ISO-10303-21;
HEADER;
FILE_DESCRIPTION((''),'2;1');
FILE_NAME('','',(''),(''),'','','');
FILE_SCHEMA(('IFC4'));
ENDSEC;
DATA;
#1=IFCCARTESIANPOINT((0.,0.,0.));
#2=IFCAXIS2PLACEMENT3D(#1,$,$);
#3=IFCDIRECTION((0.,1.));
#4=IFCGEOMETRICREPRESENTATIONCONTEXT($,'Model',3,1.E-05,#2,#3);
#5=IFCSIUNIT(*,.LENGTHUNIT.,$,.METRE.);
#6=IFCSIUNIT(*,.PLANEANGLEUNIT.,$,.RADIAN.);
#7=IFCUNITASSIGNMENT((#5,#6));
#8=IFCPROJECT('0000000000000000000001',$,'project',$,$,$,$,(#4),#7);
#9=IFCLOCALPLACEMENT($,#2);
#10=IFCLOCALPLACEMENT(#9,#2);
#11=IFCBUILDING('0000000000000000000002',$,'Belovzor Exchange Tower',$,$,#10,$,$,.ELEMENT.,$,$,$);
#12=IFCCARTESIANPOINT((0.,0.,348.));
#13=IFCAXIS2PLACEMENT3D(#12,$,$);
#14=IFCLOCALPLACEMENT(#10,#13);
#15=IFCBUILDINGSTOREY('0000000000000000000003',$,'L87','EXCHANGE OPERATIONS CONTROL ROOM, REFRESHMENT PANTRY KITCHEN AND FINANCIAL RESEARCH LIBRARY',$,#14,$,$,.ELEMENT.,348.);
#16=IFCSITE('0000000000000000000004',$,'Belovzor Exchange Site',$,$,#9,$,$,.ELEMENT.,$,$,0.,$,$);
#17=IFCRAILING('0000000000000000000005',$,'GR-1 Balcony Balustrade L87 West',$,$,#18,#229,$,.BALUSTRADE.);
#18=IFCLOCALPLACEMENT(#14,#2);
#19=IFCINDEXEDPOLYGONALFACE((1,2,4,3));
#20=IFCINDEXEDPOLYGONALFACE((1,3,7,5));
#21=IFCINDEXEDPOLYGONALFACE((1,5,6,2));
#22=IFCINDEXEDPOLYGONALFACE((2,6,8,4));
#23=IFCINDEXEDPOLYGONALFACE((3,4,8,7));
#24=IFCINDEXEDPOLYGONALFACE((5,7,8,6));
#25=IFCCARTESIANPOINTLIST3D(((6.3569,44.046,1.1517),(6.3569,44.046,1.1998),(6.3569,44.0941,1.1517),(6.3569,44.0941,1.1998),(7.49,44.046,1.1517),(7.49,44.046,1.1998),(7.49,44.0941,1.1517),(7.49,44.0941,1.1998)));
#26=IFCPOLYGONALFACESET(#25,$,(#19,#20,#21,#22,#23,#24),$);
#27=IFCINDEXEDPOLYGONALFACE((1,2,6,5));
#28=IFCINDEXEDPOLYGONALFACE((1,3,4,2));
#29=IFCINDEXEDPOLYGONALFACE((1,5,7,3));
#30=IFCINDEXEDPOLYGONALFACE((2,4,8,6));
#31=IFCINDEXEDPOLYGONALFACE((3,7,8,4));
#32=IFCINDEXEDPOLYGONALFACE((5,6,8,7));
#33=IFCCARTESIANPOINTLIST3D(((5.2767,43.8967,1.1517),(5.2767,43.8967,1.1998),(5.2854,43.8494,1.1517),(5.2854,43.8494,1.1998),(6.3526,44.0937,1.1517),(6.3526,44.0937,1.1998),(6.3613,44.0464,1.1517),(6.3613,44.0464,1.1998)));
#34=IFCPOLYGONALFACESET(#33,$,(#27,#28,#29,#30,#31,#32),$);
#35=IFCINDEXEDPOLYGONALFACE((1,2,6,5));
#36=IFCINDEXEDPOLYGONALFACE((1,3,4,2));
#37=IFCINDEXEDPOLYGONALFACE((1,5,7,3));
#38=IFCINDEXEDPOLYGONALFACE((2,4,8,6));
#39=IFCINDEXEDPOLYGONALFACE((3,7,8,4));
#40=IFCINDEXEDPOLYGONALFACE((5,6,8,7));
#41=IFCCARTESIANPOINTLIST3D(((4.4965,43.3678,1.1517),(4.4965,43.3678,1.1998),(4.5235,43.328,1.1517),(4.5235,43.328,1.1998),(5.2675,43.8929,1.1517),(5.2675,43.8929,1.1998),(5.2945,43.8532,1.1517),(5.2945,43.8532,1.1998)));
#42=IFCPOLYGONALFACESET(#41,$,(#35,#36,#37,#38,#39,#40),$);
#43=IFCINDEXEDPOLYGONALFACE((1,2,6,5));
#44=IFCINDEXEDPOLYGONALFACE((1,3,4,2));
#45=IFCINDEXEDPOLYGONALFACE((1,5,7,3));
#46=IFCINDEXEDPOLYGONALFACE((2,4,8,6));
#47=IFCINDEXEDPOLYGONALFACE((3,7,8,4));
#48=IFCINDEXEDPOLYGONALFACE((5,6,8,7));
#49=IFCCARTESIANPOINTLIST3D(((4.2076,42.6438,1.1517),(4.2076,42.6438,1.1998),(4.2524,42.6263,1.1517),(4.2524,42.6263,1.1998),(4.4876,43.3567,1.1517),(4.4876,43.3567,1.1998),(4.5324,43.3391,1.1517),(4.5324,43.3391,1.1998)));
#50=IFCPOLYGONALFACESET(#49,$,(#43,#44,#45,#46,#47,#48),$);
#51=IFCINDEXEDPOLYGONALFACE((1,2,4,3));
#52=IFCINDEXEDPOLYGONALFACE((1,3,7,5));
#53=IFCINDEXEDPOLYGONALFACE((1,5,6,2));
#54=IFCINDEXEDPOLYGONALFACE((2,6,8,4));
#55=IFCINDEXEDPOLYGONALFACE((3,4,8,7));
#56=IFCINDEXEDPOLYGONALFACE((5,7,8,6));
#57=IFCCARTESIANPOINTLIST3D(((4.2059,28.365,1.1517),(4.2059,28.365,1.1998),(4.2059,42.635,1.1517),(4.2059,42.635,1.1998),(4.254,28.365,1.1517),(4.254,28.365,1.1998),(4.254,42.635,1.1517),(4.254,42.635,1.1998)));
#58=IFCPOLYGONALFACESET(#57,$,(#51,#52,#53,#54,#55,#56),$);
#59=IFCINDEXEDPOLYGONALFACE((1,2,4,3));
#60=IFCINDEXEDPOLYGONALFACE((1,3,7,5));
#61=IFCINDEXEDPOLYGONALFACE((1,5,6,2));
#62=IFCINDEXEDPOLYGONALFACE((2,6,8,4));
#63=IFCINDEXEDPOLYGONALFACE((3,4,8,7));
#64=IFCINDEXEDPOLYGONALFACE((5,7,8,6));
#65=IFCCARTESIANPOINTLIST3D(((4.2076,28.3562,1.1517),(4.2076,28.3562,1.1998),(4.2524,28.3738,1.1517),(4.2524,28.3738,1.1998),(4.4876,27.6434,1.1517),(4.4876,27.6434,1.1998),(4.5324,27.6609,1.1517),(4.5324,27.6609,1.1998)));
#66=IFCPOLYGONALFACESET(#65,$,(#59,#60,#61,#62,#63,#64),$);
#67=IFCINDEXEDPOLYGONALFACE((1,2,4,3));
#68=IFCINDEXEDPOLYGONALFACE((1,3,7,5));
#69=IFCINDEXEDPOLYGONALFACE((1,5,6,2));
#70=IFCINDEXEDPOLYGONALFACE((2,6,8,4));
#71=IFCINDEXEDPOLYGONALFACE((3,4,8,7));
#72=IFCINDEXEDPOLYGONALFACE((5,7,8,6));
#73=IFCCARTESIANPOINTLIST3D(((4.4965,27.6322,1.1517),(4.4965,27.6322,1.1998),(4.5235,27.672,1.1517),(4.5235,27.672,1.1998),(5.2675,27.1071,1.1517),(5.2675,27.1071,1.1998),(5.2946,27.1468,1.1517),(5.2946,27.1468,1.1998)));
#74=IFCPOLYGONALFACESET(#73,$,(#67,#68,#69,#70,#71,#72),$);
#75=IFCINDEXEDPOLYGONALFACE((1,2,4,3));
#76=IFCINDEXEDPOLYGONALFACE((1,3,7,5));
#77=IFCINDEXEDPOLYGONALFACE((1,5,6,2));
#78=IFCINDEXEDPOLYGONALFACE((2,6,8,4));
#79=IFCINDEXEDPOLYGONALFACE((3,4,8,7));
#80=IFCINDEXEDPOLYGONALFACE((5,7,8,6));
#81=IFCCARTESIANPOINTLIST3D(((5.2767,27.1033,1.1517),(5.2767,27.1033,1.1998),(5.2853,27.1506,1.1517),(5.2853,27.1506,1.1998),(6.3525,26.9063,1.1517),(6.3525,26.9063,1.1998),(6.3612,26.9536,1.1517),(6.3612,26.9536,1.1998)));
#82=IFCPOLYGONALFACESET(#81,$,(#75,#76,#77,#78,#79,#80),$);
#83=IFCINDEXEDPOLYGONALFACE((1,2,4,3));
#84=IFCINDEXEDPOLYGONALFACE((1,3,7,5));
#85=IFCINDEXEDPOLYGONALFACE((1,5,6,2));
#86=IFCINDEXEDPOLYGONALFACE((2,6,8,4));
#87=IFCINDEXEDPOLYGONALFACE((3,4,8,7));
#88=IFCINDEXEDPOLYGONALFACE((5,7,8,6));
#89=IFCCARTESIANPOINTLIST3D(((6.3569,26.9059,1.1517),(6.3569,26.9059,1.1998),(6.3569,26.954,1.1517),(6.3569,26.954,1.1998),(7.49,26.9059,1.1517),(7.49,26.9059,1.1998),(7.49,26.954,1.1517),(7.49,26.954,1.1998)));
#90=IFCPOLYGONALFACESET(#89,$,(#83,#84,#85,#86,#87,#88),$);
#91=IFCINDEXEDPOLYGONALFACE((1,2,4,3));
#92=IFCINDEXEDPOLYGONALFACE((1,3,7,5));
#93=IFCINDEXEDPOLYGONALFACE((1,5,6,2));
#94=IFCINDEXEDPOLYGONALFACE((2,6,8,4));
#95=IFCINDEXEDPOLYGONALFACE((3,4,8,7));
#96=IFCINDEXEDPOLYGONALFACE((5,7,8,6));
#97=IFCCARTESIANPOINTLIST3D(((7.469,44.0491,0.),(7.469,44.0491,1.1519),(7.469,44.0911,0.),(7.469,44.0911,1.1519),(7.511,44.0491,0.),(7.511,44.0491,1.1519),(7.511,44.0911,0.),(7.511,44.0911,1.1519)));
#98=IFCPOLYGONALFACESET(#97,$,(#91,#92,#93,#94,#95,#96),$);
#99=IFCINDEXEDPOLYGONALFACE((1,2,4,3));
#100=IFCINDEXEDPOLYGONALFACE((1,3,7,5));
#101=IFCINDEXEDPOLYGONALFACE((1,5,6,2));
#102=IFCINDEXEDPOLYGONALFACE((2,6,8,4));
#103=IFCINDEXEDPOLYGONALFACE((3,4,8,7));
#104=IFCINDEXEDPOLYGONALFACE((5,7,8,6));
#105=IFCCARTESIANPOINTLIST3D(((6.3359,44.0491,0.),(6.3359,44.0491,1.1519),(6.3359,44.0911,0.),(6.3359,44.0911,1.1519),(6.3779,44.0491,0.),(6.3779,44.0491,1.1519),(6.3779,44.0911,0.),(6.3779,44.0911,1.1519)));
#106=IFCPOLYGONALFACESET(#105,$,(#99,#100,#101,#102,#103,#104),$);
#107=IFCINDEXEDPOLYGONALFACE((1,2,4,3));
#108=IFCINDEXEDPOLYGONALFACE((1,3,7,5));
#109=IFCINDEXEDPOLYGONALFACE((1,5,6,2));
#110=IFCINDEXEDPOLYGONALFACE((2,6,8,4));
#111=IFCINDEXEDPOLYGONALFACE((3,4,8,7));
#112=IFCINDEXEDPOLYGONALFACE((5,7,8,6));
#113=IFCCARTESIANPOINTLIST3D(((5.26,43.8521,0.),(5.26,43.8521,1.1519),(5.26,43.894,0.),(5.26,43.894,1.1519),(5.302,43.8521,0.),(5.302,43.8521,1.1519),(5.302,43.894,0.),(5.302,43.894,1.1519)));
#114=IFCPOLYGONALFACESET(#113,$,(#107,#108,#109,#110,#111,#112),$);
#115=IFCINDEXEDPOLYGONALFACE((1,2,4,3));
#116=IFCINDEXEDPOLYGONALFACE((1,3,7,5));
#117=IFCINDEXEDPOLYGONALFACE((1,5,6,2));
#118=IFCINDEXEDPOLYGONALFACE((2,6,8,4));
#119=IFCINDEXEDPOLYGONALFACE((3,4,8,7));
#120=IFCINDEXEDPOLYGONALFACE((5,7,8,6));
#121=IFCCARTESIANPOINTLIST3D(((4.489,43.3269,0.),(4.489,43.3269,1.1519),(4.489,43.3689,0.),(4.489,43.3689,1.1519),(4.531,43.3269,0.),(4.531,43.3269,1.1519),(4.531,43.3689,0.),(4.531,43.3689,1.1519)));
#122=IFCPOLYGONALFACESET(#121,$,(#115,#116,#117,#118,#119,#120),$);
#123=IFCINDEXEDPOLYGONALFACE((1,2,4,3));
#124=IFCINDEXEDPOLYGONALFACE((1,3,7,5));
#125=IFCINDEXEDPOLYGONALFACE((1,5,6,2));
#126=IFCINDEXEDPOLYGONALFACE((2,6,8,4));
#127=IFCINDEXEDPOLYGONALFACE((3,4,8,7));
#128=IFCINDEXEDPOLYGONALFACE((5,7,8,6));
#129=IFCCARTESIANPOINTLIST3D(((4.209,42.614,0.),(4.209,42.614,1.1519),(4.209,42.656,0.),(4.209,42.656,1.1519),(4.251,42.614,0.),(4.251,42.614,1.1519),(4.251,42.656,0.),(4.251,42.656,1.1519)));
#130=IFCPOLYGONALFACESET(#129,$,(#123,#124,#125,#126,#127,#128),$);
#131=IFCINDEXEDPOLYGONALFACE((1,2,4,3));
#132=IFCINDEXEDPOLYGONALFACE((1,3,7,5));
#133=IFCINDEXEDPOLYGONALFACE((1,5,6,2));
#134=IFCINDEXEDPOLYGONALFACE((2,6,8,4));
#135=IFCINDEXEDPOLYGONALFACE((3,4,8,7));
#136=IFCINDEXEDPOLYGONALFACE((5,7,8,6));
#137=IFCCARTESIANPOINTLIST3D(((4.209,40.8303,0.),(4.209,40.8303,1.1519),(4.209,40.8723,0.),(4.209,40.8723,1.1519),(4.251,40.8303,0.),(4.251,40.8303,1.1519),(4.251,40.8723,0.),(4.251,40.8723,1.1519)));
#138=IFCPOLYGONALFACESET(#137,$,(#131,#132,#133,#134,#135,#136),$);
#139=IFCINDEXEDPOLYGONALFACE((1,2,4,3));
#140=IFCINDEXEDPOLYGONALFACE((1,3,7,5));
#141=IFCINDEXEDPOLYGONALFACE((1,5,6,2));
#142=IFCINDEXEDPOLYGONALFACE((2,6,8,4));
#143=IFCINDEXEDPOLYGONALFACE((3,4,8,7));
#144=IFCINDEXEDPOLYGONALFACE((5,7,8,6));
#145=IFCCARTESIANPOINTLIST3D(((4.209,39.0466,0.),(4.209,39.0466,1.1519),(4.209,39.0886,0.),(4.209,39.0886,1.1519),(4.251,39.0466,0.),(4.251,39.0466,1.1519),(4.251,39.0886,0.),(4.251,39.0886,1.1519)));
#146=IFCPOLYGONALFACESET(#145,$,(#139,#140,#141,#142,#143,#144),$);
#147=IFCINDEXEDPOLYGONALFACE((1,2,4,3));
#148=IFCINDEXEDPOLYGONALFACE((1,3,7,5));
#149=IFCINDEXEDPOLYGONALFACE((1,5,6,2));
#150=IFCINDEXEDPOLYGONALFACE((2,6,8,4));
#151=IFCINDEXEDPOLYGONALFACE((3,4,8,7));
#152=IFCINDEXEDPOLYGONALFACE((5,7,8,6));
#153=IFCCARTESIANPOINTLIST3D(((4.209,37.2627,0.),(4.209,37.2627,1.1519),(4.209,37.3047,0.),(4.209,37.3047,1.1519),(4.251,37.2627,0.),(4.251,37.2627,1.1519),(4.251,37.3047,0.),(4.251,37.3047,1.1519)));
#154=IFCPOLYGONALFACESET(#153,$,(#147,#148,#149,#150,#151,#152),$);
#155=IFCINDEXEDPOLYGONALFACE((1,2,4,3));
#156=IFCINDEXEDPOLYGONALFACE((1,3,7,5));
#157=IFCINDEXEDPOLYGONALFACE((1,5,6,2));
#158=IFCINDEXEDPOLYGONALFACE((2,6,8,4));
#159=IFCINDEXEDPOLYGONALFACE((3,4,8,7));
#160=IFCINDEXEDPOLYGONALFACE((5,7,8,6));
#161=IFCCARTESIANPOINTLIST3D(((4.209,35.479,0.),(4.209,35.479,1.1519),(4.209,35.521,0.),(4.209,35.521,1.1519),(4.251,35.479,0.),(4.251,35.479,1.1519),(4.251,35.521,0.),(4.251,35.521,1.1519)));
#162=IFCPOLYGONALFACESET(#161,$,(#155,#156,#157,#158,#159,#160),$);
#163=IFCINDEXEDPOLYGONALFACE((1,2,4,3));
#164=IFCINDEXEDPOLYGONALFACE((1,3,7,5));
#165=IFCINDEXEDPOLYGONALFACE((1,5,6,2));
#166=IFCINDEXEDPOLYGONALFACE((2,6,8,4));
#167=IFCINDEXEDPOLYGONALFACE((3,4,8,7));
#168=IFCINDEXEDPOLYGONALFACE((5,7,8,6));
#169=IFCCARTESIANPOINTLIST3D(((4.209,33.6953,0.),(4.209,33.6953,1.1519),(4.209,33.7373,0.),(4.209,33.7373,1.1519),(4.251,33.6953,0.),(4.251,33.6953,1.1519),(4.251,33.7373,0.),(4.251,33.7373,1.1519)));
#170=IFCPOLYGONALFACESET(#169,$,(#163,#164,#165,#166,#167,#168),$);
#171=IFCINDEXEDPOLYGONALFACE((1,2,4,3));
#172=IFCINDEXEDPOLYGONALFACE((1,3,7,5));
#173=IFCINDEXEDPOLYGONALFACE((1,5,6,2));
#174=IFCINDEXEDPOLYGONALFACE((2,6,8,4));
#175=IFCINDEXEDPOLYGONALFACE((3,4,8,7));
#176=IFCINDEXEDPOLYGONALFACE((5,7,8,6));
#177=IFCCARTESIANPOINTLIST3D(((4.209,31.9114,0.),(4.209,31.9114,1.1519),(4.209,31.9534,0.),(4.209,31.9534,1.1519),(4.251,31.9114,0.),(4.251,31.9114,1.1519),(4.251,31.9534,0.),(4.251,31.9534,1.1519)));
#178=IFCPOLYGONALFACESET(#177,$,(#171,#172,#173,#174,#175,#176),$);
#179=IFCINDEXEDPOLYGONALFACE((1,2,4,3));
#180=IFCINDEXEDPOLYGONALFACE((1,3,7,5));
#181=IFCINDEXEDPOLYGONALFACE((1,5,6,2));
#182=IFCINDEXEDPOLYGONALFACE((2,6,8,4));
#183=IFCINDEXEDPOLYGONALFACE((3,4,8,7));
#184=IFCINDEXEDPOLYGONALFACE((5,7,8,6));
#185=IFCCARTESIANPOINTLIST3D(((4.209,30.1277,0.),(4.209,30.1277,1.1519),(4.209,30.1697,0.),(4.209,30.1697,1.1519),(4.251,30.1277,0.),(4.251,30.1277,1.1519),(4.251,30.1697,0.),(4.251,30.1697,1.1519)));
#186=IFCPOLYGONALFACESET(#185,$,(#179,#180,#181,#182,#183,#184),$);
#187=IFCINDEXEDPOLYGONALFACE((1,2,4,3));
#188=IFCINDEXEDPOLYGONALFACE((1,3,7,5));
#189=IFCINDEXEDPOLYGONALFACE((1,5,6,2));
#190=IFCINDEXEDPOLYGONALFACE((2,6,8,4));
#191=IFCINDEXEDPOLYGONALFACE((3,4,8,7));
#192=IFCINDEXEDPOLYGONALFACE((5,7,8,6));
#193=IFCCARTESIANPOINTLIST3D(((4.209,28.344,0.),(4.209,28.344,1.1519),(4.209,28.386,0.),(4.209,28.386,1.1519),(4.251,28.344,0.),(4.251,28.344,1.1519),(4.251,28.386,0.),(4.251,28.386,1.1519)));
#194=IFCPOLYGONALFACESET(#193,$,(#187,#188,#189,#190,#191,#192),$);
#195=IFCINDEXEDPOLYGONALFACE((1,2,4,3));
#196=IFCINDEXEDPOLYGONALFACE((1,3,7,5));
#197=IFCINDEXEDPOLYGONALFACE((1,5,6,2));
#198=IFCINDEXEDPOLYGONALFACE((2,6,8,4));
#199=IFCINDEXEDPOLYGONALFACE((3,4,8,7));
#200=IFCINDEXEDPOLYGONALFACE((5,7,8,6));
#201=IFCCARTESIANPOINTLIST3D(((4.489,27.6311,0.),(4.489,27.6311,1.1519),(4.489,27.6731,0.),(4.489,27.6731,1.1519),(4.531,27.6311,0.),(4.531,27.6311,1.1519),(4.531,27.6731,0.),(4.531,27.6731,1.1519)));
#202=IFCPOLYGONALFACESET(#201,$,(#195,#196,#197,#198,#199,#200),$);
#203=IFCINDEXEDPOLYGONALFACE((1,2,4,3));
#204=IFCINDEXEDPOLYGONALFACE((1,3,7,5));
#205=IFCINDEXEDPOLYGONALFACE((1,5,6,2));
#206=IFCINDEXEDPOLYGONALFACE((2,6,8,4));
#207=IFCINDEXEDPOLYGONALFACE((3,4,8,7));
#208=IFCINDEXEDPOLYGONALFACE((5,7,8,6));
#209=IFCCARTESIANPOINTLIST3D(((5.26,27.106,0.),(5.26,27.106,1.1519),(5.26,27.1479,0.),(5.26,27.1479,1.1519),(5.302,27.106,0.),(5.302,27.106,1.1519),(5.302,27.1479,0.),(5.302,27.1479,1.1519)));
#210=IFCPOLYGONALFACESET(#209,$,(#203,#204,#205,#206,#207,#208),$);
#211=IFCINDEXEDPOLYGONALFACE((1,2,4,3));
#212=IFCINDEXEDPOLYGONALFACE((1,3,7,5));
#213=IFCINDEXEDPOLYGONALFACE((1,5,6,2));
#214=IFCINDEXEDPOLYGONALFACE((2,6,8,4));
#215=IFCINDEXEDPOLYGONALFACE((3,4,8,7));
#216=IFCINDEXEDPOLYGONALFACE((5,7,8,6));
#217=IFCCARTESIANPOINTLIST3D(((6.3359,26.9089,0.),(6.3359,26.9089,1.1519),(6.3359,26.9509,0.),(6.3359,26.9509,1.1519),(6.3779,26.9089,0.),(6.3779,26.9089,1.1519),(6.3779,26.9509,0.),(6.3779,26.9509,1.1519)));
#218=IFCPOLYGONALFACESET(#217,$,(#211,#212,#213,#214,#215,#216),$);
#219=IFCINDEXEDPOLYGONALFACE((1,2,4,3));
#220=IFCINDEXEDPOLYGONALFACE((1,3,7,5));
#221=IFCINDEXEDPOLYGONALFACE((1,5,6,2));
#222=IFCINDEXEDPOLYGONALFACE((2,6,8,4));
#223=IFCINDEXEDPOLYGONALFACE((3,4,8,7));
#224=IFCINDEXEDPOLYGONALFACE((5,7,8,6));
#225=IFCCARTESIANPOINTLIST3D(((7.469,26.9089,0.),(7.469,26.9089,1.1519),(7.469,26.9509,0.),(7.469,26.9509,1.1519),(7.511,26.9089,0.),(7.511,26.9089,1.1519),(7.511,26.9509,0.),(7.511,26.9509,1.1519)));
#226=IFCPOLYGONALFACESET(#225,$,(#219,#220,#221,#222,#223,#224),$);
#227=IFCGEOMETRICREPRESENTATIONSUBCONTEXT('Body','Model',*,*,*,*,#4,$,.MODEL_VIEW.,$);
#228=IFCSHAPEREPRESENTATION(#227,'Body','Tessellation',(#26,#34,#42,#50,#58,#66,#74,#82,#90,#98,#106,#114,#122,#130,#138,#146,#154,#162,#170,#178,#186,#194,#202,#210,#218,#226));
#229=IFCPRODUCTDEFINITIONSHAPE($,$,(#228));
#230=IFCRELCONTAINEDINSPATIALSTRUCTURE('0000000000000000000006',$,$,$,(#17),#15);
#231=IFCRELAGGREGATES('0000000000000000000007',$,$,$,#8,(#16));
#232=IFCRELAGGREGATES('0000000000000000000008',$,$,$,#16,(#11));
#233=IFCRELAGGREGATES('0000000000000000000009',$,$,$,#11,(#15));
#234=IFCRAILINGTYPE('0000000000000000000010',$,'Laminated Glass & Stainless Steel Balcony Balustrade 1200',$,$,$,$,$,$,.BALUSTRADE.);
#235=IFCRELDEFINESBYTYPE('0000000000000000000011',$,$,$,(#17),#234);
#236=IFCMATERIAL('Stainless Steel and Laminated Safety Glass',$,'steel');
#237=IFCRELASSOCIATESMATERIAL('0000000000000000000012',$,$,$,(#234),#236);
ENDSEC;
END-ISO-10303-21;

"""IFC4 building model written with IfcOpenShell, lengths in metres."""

from ifc_helpers import new_model, si_unit, direction, frame, origin, origin_2d, place, context, subcontext, project, spatial, rectangle, extrude, material, type_object, element, save


model = new_model("IFC4")

# Units and contexts
model_context = context("Model", 3, precision=1e-05, world=origin(), true_north=direction((0.0, 1.0)))
body_context = subcontext(model_context, "Body", "Model", "MODEL_VIEW")
ifc_project = project(units=[si_unit("LENGTHUNIT", "METRE"), si_unit("PLANEANGLEUNIT", "RADIAN")], contexts=[model_context])

# Site, building, storey
site_placement = place(None, origin())
site = spatial("IfcSite", under=ifc_project, at=site_placement, Name="Belovzor Exchange Site", CompositionType="ELEMENT", RefElevation=0.0)
building_placement = place(site_placement, origin())
building = spatial("IfcBuilding", under=site, at=building_placement, Name="Belovzor Exchange Tower", CompositionType="ELEMENT")
storey_placement = place(building_placement, frame((0.0, 0.0, 348.0)))
storey = spatial("IfcBuildingStorey", under=building, at=storey_placement, Name="L87", Description="EXCHANGE OPERATIONS CONTROL ROOM, REFRESHMENT PANTRY KITCHEN AND FINANCIAL RESEARCH LIBRARY", CompositionType="ELEMENT", Elevation=348.0)

# Railing
ifc_material_1 = material(Name="Stainless Steel and Laminated Safety Glass", Category="steel")
railing_type = type_object("IfcRailingType", Name="Laminated Glass & Stainless Steel Balcony Balustrade 1200", PredefinedType="BALUSTRADE", material=ifc_material_1)
railing_placement = place(storey_placement, frame((7.49, 44.0701, 0.0)))
element("IfcRailing", 1, at=railing_placement, inside=storey, type_object=railing_type, Name="GR-1 Balcony Balustrade L87 West", PredefinedType="BALUSTRADE", context=body_context, shape_type="SweptSolid", body=[
    extrude(rectangle(XDim=0.0481, YDim=0.0481, at=origin_2d()), frame((0.0, 0.0, 1.1758), z_axis=(-1.0, 0.0, 0.0), x_axis=(0.0, -1.0, 0.0)), (0.0, 0.0, 1.0), 1.1331),
    extrude(rectangle(XDim=0.0481, YDim=0.0481, at=origin_2d()), frame((-1.1331, 0.0, 1.1758), z_axis=(-0.983644, -0.180123, 0.0), x_axis=(0.180123, -0.983644, 0.0)), (0.0, 0.0, 1.0), 1.0938),
    extrude(rectangle(XDim=0.0481, YDim=0.0481, at=origin_2d()), frame((-2.209, -0.197, 1.1758), z_axis=(-0.826493, -0.562947, 0.0), x_axis=(0.562947, -0.826493, 0.0)), (0.0, 0.0, 1.0), 0.9329),
    extrude(rectangle(XDim=0.0481, YDim=0.0481, at=origin_2d()), frame((-2.98, -0.7222, 1.1758), z_axis=(-0.365613, -0.930767, 0.0), x_axis=(0.930767, -0.365613, 0.0)), (0.0, 0.0, 1.0), 0.7659),
    extrude(rectangle(XDim=0.0481, YDim=0.0481, at=origin_2d()), frame((-3.26, -1.4351, 1.1758), z_axis=(0.0, -1.0, 0.0), x_axis=(1.0, 0.0, 0.0)), (0.0, 0.0, 1.0), 14.27),
    extrude(rectangle(XDim=0.0481, YDim=0.0481, at=origin_2d()), frame((-3.26, -15.7051, 1.1758), z_axis=(0.365613, -0.930767, 0.0), x_axis=(0.930767, 0.365613, 0.0)), (0.0, 0.0, 1.0), 0.7659),
    extrude(rectangle(XDim=0.0481, YDim=0.0481, at=origin_2d()), frame((-2.98, -16.418, 1.1758), z_axis=(0.826493, -0.562947, 0.0), x_axis=(0.562947, 0.826493, 0.0)), (0.0, 0.0, 1.0), 0.9329),
    extrude(rectangle(XDim=0.0481, YDim=0.0481, at=origin_2d()), frame((-2.209, -16.9431, 1.1758), z_axis=(0.983644, -0.180123, 0.0), x_axis=(0.180123, 0.983644, 0.0)), (0.0, 0.0, 1.0), 1.0938),
    extrude(rectangle(XDim=0.0481, YDim=0.0481, at=origin_2d()), frame((-1.1331, -17.1401, 1.1758), z_axis=(1.0, 0.0, 0.0), x_axis=(0.0, 1.0, 0.0)), (0.0, 0.0, 1.0), 1.1331),
    extrude(rectangle(XDim=0.042, YDim=0.042, at=origin_2d()), origin(), (0.0, 0.0, 1.0), 1.1519),
    extrude(rectangle(XDim=0.042, YDim=0.042, at=origin_2d()), frame((-1.1331, 0.0, 0.0)), (0.0, 0.0, 1.0), 1.1519),
    extrude(rectangle(XDim=0.042, YDim=0.042, at=origin_2d()), frame((-2.209, -0.197, 0.0)), (0.0, 0.0, 1.0), 1.1519),
    extrude(rectangle(XDim=0.042, YDim=0.042, at=origin_2d()), frame((-2.98, -0.7222, 0.0)), (0.0, 0.0, 1.0), 1.1519),
    extrude(rectangle(XDim=0.042, YDim=0.042, at=origin_2d()), frame((-3.26, -1.4351, 0.0)), (0.0, 0.0, 1.0), 1.1519),
    extrude(rectangle(XDim=0.042, YDim=0.042, at=origin_2d()), frame((-3.26, -3.2188, 0.0)), (0.0, 0.0, 1.0), 1.1519),
    extrude(rectangle(XDim=0.042, YDim=0.042, at=origin_2d()), frame((-3.26, -5.0024, 0.0)), (0.0, 0.0, 1.0), 1.1519),
    extrude(rectangle(XDim=0.042, YDim=0.042, at=origin_2d()), frame((-3.26, -6.7864, 0.0)), (0.0, 0.0, 1.0), 1.1519),
    extrude(rectangle(XDim=0.042, YDim=0.042, at=origin_2d()), frame((-3.26, -8.5701, 0.0)), (0.0, 0.0, 1.0), 1.1519),
    extrude(rectangle(XDim=0.042, YDim=0.042, at=origin_2d()), frame((-3.26, -10.3538, 0.0)), (0.0, 0.0, 1.0), 1.1519),
    extrude(rectangle(XDim=0.042, YDim=0.042, at=origin_2d()), frame((-3.26, -12.1377, 0.0)), (0.0, 0.0, 1.0), 1.1519),
    extrude(rectangle(XDim=0.042, YDim=0.042, at=origin_2d()), frame((-3.26, -13.9214, 0.0)), (0.0, 0.0, 1.0), 1.1519),
    extrude(rectangle(XDim=0.042, YDim=0.042, at=origin_2d()), frame((-3.26, -15.7051, 0.0)), (0.0, 0.0, 1.0), 1.1519),
    extrude(rectangle(XDim=0.042, YDim=0.042, at=origin_2d()), frame((-2.98, -16.418, 0.0)), (0.0, 0.0, 1.0), 1.1519),
    extrude(rectangle(XDim=0.042, YDim=0.042, at=origin_2d()), frame((-2.209, -16.9431, 0.0)), (0.0, 0.0, 1.0), 1.1519),
    extrude(rectangle(XDim=0.042, YDim=0.042, at=origin_2d()), frame((-1.1331, -17.1401, 0.0)), (0.0, 0.0, 1.0), 1.1519),
    extrude(rectangle(XDim=0.042, YDim=0.042, at=origin_2d()), frame((0.0, -17.1401, 0.0)), (0.0, 0.0, 1.0), 1.1519),
])

save(model, "model.ifc")
